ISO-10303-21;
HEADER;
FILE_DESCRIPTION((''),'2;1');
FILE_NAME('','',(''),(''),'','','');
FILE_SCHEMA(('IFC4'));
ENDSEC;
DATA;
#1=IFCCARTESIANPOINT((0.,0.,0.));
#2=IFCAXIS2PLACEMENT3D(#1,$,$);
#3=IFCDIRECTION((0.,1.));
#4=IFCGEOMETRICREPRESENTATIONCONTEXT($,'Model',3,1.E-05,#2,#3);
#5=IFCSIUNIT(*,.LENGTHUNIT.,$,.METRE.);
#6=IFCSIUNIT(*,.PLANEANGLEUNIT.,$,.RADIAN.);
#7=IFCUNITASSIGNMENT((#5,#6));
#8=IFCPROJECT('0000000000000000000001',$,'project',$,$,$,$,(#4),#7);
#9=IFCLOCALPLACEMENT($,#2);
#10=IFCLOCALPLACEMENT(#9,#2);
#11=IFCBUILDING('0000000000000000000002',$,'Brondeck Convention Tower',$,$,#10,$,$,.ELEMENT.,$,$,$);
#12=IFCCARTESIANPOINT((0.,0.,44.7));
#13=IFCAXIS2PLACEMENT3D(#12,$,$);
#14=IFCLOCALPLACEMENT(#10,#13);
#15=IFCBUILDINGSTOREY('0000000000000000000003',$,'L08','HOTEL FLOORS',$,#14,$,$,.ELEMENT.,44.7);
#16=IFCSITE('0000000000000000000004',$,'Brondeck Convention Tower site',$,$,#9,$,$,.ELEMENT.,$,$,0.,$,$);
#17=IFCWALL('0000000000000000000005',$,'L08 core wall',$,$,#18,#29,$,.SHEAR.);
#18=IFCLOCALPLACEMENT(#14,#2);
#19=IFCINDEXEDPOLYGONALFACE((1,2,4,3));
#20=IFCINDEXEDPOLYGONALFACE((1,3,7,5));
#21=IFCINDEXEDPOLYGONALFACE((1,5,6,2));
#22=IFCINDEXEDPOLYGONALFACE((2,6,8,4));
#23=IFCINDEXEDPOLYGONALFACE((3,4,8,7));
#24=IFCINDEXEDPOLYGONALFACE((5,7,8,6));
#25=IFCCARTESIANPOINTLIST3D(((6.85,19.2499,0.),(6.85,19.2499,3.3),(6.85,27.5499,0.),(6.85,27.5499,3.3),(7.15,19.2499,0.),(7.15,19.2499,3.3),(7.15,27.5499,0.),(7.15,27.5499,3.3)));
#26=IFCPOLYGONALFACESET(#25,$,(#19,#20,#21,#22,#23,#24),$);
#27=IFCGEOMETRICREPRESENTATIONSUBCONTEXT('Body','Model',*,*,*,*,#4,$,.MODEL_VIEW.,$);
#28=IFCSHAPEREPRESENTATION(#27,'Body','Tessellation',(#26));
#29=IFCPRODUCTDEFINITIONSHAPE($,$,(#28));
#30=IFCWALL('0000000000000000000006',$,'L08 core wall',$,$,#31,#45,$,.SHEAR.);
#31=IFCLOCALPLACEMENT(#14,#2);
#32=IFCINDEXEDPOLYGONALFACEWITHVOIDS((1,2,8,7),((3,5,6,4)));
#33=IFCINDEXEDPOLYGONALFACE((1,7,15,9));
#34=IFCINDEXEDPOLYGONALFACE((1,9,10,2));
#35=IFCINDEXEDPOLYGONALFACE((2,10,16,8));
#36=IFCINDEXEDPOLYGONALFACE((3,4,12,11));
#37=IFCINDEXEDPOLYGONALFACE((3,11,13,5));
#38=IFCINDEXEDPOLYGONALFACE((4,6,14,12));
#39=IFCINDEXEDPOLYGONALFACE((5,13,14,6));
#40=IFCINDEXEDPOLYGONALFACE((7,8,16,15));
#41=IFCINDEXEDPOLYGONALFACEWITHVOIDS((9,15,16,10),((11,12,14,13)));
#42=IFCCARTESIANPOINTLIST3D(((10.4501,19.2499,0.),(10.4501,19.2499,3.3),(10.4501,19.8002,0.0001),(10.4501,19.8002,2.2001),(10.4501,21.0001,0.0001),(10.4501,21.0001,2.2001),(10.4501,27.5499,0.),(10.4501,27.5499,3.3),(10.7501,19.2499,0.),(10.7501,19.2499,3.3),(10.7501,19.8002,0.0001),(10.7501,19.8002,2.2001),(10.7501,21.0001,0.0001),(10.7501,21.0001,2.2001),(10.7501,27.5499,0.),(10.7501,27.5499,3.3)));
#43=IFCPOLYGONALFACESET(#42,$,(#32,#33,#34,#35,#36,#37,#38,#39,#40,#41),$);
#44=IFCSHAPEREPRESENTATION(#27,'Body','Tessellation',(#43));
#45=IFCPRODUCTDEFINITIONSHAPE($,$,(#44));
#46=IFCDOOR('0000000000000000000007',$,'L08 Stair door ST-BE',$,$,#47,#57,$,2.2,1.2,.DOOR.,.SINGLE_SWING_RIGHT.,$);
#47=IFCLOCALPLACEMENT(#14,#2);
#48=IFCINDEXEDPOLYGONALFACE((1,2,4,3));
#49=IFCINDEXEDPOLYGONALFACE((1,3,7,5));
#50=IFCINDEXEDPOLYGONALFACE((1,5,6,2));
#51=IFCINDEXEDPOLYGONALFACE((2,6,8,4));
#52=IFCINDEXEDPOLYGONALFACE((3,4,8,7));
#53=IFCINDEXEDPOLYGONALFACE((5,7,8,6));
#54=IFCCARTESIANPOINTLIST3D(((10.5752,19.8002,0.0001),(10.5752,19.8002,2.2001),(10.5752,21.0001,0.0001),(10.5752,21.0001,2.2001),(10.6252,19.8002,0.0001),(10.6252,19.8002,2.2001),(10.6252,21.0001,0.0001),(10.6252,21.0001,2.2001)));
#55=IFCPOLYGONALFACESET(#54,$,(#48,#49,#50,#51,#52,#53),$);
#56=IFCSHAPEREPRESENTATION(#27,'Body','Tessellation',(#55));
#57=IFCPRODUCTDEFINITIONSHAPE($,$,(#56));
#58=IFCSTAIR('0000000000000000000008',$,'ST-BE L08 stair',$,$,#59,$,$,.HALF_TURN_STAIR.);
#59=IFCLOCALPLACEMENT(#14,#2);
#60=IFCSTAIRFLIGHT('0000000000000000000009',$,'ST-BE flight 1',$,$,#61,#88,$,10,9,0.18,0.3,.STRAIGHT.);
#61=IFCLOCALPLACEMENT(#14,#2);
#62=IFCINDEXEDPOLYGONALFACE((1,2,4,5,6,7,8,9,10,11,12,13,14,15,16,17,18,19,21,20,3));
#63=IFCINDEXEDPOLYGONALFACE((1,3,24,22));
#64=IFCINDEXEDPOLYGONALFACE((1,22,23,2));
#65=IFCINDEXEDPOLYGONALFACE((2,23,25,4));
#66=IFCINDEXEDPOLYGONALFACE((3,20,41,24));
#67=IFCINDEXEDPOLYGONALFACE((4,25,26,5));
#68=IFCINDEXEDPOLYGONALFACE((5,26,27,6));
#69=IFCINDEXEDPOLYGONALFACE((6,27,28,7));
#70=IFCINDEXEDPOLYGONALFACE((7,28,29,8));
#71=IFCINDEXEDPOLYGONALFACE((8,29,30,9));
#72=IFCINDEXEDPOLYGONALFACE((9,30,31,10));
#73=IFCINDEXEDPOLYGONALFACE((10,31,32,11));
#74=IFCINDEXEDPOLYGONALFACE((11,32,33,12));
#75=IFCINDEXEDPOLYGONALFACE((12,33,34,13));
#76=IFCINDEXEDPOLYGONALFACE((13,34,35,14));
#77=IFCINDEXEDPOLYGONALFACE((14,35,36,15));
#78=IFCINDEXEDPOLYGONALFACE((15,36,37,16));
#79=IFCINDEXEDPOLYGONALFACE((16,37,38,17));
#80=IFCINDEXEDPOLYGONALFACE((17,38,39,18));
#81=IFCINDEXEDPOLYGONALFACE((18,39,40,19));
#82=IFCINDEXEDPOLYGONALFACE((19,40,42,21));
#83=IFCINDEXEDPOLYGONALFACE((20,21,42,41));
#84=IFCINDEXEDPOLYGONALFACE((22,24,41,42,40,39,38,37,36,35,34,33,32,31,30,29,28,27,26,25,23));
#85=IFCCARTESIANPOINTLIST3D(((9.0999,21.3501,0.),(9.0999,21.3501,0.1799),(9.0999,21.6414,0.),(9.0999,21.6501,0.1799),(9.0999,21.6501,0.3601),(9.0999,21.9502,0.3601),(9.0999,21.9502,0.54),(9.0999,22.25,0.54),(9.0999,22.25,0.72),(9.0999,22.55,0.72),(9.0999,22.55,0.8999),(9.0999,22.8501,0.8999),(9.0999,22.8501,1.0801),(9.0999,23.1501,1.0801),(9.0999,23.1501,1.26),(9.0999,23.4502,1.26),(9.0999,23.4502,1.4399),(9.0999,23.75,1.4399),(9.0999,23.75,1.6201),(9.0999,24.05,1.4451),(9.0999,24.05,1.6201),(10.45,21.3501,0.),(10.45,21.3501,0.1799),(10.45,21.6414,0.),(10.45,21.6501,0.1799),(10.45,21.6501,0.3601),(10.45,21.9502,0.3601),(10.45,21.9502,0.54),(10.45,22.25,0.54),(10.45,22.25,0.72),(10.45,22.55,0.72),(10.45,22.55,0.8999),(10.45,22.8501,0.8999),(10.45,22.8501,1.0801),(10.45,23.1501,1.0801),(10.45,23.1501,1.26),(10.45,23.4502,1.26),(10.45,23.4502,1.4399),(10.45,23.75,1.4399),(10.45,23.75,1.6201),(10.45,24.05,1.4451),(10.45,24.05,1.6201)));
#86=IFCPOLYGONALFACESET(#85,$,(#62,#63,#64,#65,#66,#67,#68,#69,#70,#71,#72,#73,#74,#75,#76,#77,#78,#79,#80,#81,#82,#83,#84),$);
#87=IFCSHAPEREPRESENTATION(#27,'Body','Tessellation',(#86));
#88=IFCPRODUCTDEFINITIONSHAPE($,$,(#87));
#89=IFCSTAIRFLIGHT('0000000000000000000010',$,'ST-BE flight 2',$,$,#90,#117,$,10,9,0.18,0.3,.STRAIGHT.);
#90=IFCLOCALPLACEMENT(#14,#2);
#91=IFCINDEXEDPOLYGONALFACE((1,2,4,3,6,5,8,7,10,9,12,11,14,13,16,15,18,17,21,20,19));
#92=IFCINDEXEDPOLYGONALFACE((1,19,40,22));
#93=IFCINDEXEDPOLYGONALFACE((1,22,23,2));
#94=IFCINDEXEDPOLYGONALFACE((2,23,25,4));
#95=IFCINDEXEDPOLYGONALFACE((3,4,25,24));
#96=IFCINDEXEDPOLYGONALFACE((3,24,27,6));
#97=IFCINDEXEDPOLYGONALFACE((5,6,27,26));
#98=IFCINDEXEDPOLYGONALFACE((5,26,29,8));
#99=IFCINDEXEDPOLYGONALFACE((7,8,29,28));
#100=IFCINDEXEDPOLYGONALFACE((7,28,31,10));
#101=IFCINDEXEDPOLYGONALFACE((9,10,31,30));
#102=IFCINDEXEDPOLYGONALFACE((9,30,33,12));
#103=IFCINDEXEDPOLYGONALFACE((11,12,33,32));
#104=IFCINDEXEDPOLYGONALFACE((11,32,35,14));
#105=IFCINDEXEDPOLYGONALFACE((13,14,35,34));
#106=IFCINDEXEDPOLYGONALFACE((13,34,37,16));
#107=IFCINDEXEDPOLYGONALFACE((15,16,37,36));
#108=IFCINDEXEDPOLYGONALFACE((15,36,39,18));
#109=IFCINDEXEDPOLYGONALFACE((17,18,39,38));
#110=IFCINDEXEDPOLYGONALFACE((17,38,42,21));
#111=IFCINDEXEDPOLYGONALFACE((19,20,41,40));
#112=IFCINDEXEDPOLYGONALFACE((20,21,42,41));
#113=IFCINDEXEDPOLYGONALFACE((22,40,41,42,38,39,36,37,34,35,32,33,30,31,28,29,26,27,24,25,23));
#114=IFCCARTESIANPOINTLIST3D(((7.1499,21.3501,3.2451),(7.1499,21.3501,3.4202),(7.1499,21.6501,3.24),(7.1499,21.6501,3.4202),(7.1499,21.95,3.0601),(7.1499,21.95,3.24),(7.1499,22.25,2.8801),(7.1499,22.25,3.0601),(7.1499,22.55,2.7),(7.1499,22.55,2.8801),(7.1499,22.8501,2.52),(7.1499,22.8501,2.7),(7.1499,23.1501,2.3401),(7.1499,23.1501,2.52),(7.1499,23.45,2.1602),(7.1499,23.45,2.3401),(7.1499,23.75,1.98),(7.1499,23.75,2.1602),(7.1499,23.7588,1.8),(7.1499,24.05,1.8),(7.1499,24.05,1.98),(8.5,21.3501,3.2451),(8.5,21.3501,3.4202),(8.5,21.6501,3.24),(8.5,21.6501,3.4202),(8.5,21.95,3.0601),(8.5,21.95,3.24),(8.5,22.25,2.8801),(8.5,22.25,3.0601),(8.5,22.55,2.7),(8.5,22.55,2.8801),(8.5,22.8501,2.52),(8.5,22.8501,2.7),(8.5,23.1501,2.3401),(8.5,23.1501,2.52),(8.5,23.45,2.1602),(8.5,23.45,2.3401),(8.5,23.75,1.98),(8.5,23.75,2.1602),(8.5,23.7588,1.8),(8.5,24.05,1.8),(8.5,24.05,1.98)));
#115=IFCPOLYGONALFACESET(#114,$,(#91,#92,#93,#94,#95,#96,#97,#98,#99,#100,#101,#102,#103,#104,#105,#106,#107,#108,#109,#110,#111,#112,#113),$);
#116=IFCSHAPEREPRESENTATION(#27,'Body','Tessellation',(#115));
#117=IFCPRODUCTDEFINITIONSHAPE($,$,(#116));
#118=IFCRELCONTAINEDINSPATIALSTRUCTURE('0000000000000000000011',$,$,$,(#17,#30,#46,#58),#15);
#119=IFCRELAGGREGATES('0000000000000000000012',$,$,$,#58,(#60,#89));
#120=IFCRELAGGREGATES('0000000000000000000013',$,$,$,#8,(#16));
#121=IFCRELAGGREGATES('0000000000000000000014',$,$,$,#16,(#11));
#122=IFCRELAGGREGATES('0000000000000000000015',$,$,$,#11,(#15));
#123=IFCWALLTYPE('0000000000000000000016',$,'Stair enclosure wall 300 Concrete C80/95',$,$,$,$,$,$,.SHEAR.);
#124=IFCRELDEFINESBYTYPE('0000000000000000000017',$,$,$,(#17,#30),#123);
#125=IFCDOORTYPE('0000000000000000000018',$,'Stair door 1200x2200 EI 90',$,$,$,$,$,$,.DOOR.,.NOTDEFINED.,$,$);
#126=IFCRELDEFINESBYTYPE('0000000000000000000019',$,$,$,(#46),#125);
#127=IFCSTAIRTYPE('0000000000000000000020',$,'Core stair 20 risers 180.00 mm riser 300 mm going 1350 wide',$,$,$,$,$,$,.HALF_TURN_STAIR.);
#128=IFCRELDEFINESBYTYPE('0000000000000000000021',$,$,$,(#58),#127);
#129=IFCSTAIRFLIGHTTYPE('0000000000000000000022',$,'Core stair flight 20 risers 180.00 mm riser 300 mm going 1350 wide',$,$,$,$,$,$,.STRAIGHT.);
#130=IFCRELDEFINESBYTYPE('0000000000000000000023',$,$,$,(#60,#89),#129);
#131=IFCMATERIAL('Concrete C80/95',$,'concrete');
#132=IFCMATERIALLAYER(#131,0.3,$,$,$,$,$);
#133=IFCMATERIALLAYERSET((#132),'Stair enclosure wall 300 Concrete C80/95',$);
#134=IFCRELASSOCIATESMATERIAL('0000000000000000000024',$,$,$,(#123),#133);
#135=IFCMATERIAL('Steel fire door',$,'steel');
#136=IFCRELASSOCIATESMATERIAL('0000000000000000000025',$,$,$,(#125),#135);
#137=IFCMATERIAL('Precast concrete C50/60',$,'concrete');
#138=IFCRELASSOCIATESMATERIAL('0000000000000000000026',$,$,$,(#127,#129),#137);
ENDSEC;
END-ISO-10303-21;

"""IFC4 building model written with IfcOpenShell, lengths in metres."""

from ifc_helpers import new_model, si_unit, direction, frame, frame_2d, origin, place, context, subcontext, project, spatial, polyline, rectangle, outline, extrude, material, layer, layer_set, type_object, element, fill, aggregate, save


model = new_model("IFC4")

# Units and contexts
model_context = context("Model", 3, precision=1e-05, world=origin(), true_north=direction((0.0, 1.0)))
body_context = subcontext(model_context, "Body", "Model", "MODEL_VIEW")
ifc_project = project(units=[si_unit("LENGTHUNIT", "METRE"), si_unit("PLANEANGLEUNIT", "RADIAN")], contexts=[model_context])

# Site, building, storey
site_placement = place(None, origin())
site = spatial("IfcSite", under=ifc_project, at=site_placement, Name="Brondeck Convention Tower site", CompositionType="ELEMENT", RefElevation=0.0)
building_placement = place(site_placement, origin())
building = spatial("IfcBuilding", under=site, at=building_placement, Name="Brondeck Convention Tower", CompositionType="ELEMENT")
storey_placement = place(building_placement, frame((0.0, 0.0, 44.7)))
storey = spatial("IfcBuildingStorey", under=building, at=storey_placement, Name="L08", Description="HOTEL FLOORS", CompositionType="ELEMENT", Elevation=44.7)

# Shared definitions
ifc_material_1 = material(Name="Concrete C80/95", Category="concrete")

# Wall
ifc_layer_1 = layer(ifc_material_1, 0.3)
ifc_layer_set_1 = layer_set([ifc_layer_1], Name="Stair enclosure wall 300 Concrete C80/95")
wall_type_1 = type_object("IfcWallType", Name="Stair enclosure wall 300 Concrete C80/95", PredefinedType="SHEAR", material=ifc_layer_set_1)
wall_1_placement = place(storey_placement, frame((7.0, 19.25, 0.0), z_axis=(0.0, 0.0, 1.0), x_axis=(0.0, 1.0, 0.0)))
element("IfcWall", 1, at=wall_1_placement, inside=storey, type_object=wall_type_1, Name="L08 core wall", PredefinedType="SHEAR", context=body_context, shape_type="SweptSolid", body=[
    extrude(rectangle(XDim=8.3, YDim=0.3, at=frame_2d((4.1499, 0.0))), origin(), (0.0, 0.0, 1.0), 3.3),
])

# Wall, opening, door
wall_2_placement = place(storey_placement, frame((10.6001, 19.25, 0.0), z_axis=(0.0, 0.0, 1.0), x_axis=(0.0, 1.0, 0.0)))
wall_2 = element("IfcWall", 2, at=wall_2_placement, inside=storey, type_object=wall_type_1, Name="L08 core wall", PredefinedType="SHEAR", context=body_context, shape_type="SweptSolid", body=[
    extrude(rectangle(XDim=8.3, YDim=0.3, at=frame_2d((4.1499, 0.0))), origin(), (0.0, 0.0, 1.0), 3.3),
])
opening_1_placement = place(wall_2_placement, frame((0.55, 0.0, 0.0)))
opening_1 = element("IfcOpeningElement", 3, at=opening_1_placement, cuts=wall_2, PredefinedType="OPENING", context=body_context, shape_type="SweptSolid", body=[
    extrude(rectangle(XDim=1.2, YDim=2.2, at=frame_2d((0.6001, 1.1001))), frame((0.0, 0.1599, 0.0), z_axis=(0.0, -1.0, 0.0), x_axis=(1.0, 0.0, 0.0)), (0.0, 0.0, 1.0), 0.3201),
])
ifc_material_2 = material(Name="Steel fire door", Category="steel")
door_type = type_object("IfcDoorType", Name="Stair door 1200x2200 EI 90", OperationType="NOTDEFINED", PredefinedType="DOOR", material=ifc_material_2)
door_placement = place(opening_1_placement, origin())
door = element("IfcDoor", 4, at=door_placement, inside=storey, type_object=door_type, Name="L08 Stair door ST-BE", OperationType="SINGLE_SWING_RIGHT", OverallHeight=2.2, OverallWidth=1.2, PredefinedType="DOOR", context=body_context, shape_type="SweptSolid", body=[
    extrude(rectangle(XDim=1.2, YDim=2.2, at=frame_2d((0.6001, 1.1001))), frame((0.0, 0.0249, 0.0), z_axis=(0.0, -1.0, 0.0), x_axis=(1.0, 0.0, 0.0)), (0.0, 0.0, 1.0), 0.05),
])
fill(opening_1, door)

# Stair, stair flights
ifc_material_3 = material(Name="Precast concrete C50/60", Category="concrete")
stair_type = type_object("IfcStairType", Name="Core stair 20 risers 180.00 mm riser 300 mm going 1350 wide", PredefinedType="HALF_TURN_STAIR", material=ifc_material_3)
stair_placement = place(storey_placement, origin())
stair = element("IfcStair", 5, at=stair_placement, inside=storey, type_object=stair_type, Name="ST-BE L08 stair", PredefinedType="HALF_TURN_STAIR")
stair_flight_type = type_object("IfcStairFlightType", Name="Core stair flight 20 risers 180.00 mm riser 300 mm going 1350 wide", PredefinedType="STRAIGHT", material=ifc_material_3)
stair_flight_1_placement = place(storey_placement, frame((9.7749, 21.3501, 0.0), z_axis=(0.0, 0.0, 1.0), x_axis=(0.0, 1.0, 0.0)))
stair_flight_1 = element("IfcStairFlight", 6, at=stair_flight_1_placement, type_object=stair_flight_type, Name="ST-BE flight 1", NumberOfRisers=10, NumberOfTreads=9, PredefinedType="STRAIGHT", RiserHeight=0.18, TreadLength=0.3, context=body_context, shape_type="SweptSolid", body=[
    extrude(outline(polyline([(0.0, 0.0), (0.0, 0.1799), (0.3, 0.1799), (0.3, 0.3601), (0.6001, 0.3601), (0.6001, 0.54), (0.8999, 0.54), (0.8999, 0.72), (1.2, 0.72), (1.2, 0.8999), (1.5, 0.8999), (1.5, 1.0801), (1.8, 1.0801), (1.8, 1.26), (2.1001, 1.26), (2.1001, 1.4399), (2.3999, 1.4399), (2.3999, 1.6201), (2.7, 1.6201), (2.7, 1.8), (2.7, 1.4451), (0.2913, 0.0), (0.0, 0.0)])), frame((0.0, 0.675, 0.0), z_axis=(0.0, -1.0, 0.0), x_axis=(1.0, 0.0, 0.0)), (0.0, 0.0, 1.0), 1.3501),
])
stair_flight_2_placement = place(storey_placement, frame((7.825, 24.05, 1.8), z_axis=(0.0, 0.0, 1.0), x_axis=(0.0, -1.0, 0.0)))
stair_flight_2 = element("IfcStairFlight", 7, at=stair_flight_2_placement, type_object=stair_flight_type, Name="ST-BE flight 2", NumberOfRisers=10, NumberOfTreads=9, PredefinedType="STRAIGHT", RiserHeight=0.18, TreadLength=0.3, context=body_context, shape_type="SweptSolid", body=[
    extrude(outline(polyline([(0.0, 0.0), (0.0, 0.1799), (0.3, 0.1799), (0.3, 0.3601), (0.6001, 0.3601), (0.6001, 0.54), (0.8999, 0.54), (0.8999, 0.72), (1.2, 0.72), (1.2, 0.8999), (1.5, 0.8999), (1.5, 1.0801), (1.8, 1.0801), (1.8, 1.26), (2.1001, 1.26), (2.1001, 1.4399), (2.3999, 1.4399), (2.3999, 1.6201), (2.7, 1.6201), (2.7, 1.8), (2.7, 1.4451), (0.2913, 0.0), (0.0, 0.0)])), frame((0.0, 0.675, 0.0), z_axis=(0.0, -1.0, 0.0), x_axis=(1.0, 0.0, 0.0)), (0.0, 0.0, 1.0), 1.3501),
])
aggregate(stair, [stair_flight_1, stair_flight_2])

save(model, "model.ifc")
